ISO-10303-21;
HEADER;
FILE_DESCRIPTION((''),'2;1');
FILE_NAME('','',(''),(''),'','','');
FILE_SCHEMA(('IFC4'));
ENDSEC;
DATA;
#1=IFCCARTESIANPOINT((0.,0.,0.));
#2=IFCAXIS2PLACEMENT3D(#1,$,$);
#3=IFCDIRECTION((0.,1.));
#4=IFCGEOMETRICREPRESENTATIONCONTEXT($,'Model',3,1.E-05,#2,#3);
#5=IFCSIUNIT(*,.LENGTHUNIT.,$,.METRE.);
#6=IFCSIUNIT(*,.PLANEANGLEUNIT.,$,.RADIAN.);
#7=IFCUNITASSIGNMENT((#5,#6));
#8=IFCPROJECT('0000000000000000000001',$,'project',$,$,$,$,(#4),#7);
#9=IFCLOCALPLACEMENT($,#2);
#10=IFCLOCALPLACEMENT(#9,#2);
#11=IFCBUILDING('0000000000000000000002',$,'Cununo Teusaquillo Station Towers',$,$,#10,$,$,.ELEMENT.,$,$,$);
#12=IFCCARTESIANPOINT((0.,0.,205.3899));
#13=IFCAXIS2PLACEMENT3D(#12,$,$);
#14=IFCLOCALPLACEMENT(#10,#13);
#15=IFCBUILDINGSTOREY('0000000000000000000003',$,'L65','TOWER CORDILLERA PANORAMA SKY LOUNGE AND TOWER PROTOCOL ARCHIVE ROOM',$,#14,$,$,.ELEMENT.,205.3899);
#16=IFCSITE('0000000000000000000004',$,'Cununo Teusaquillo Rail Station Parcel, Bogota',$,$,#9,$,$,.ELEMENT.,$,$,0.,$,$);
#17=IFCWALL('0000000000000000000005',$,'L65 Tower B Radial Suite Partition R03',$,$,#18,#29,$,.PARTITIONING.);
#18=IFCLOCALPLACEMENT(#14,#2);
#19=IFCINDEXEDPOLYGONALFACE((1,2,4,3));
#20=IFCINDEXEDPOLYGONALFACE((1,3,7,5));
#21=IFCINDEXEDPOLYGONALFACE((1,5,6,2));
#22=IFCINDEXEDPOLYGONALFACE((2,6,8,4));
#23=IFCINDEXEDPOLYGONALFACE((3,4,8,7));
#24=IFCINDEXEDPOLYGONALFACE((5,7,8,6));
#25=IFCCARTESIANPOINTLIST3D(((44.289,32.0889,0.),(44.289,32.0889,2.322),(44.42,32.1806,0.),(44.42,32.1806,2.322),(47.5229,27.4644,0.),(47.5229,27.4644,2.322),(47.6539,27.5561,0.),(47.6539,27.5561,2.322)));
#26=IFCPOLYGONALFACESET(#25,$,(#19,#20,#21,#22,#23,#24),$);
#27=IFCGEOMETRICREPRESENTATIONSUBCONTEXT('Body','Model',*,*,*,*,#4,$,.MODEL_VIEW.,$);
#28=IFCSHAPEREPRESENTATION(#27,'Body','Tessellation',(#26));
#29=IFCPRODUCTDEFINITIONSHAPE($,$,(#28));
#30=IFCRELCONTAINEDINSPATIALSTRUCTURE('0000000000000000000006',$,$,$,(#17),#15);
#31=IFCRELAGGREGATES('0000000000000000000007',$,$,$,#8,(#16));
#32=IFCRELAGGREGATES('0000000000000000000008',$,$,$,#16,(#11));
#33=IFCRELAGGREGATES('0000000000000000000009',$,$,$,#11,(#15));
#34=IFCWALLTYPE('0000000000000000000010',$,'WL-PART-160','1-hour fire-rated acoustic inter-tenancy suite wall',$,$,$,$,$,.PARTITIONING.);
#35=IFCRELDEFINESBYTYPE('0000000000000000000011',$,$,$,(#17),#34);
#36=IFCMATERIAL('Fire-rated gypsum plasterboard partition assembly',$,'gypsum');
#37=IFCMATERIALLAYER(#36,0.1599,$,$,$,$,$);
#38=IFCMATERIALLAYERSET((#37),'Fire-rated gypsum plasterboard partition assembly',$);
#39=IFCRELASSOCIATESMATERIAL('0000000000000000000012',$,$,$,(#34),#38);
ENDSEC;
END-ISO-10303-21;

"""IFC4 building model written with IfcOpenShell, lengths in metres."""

from ifc_helpers import new_model, si_unit, direction, frame, frame_2d, origin, place, context, subcontext, project, spatial, rectangle, extrude, material, layer, layer_set, type_object, element, save


model = new_model("IFC4")

# Units and contexts
model_context = context("Model", 3, precision=1e-05, world=origin(), true_north=direction((0.0, 1.0)))
body_context = subcontext(model_context, "Body", "Model", "MODEL_VIEW")
ifc_project = project(units=[si_unit("LENGTHUNIT", "METRE"), si_unit("PLANEANGLEUNIT", "RADIAN")], contexts=[model_context])

# Site, building, storey
site_placement = place(None, origin())
site = spatial("IfcSite", under=ifc_project, at=site_placement, Name="Cununo Teusaquillo Rail Station Parcel, Bogota", CompositionType="ELEMENT", RefElevation=0.0)
building_placement = place(site_placement, origin())
building = spatial("IfcBuilding", under=site, at=building_placement, Name="Cununo Teusaquillo Station Towers", CompositionType="ELEMENT")
storey_placement = place(building_placement, frame((0.0, 0.0, 205.3899)))
storey = spatial("IfcBuildingStorey", under=building, at=storey_placement, Name="L65", Description="TOWER CORDILLERA PANORAMA SKY LOUNGE AND TOWER PROTOCOL ARCHIVE ROOM", CompositionType="ELEMENT", Elevation=205.3899)

# Wall
ifc_material_1 = material(Name="Fire-rated gypsum plasterboard partition assembly", Category="gypsum")
ifc_layer_1 = layer(ifc_material_1, 0.1599)
ifc_layer_set_1 = layer_set([ifc_layer_1], Name="Fire-rated gypsum plasterboard partition assembly")
wall_type_1 = type_object("IfcWallType", Name="WL-PART-160", Description="1-hour fire-rated acoustic inter-tenancy suite wall", PredefinedType="PARTITIONING", material=ifc_layer_set_1)
wall_1_placement = place(storey_placement, frame((47.5884, 27.5103, 0.0), z_axis=(0.0, 0.0, 1.0), x_axis=(-0.573073, 0.819504, 0.0)))
element("IfcWall", 1, at=wall_1_placement, inside=storey, type_object=wall_type_1, Name="L65 Tower B Radial Suite Partition R03", PredefinedType="PARTITIONING", context=body_context, shape_type="SweptSolid", body=[
    extrude(rectangle(XDim=5.6431, YDim=0.1599, at=frame_2d((2.8215, 0.0))), origin(), (0.0, 0.0, 1.0), 2.322),
])

save(model, "model.ifc")
